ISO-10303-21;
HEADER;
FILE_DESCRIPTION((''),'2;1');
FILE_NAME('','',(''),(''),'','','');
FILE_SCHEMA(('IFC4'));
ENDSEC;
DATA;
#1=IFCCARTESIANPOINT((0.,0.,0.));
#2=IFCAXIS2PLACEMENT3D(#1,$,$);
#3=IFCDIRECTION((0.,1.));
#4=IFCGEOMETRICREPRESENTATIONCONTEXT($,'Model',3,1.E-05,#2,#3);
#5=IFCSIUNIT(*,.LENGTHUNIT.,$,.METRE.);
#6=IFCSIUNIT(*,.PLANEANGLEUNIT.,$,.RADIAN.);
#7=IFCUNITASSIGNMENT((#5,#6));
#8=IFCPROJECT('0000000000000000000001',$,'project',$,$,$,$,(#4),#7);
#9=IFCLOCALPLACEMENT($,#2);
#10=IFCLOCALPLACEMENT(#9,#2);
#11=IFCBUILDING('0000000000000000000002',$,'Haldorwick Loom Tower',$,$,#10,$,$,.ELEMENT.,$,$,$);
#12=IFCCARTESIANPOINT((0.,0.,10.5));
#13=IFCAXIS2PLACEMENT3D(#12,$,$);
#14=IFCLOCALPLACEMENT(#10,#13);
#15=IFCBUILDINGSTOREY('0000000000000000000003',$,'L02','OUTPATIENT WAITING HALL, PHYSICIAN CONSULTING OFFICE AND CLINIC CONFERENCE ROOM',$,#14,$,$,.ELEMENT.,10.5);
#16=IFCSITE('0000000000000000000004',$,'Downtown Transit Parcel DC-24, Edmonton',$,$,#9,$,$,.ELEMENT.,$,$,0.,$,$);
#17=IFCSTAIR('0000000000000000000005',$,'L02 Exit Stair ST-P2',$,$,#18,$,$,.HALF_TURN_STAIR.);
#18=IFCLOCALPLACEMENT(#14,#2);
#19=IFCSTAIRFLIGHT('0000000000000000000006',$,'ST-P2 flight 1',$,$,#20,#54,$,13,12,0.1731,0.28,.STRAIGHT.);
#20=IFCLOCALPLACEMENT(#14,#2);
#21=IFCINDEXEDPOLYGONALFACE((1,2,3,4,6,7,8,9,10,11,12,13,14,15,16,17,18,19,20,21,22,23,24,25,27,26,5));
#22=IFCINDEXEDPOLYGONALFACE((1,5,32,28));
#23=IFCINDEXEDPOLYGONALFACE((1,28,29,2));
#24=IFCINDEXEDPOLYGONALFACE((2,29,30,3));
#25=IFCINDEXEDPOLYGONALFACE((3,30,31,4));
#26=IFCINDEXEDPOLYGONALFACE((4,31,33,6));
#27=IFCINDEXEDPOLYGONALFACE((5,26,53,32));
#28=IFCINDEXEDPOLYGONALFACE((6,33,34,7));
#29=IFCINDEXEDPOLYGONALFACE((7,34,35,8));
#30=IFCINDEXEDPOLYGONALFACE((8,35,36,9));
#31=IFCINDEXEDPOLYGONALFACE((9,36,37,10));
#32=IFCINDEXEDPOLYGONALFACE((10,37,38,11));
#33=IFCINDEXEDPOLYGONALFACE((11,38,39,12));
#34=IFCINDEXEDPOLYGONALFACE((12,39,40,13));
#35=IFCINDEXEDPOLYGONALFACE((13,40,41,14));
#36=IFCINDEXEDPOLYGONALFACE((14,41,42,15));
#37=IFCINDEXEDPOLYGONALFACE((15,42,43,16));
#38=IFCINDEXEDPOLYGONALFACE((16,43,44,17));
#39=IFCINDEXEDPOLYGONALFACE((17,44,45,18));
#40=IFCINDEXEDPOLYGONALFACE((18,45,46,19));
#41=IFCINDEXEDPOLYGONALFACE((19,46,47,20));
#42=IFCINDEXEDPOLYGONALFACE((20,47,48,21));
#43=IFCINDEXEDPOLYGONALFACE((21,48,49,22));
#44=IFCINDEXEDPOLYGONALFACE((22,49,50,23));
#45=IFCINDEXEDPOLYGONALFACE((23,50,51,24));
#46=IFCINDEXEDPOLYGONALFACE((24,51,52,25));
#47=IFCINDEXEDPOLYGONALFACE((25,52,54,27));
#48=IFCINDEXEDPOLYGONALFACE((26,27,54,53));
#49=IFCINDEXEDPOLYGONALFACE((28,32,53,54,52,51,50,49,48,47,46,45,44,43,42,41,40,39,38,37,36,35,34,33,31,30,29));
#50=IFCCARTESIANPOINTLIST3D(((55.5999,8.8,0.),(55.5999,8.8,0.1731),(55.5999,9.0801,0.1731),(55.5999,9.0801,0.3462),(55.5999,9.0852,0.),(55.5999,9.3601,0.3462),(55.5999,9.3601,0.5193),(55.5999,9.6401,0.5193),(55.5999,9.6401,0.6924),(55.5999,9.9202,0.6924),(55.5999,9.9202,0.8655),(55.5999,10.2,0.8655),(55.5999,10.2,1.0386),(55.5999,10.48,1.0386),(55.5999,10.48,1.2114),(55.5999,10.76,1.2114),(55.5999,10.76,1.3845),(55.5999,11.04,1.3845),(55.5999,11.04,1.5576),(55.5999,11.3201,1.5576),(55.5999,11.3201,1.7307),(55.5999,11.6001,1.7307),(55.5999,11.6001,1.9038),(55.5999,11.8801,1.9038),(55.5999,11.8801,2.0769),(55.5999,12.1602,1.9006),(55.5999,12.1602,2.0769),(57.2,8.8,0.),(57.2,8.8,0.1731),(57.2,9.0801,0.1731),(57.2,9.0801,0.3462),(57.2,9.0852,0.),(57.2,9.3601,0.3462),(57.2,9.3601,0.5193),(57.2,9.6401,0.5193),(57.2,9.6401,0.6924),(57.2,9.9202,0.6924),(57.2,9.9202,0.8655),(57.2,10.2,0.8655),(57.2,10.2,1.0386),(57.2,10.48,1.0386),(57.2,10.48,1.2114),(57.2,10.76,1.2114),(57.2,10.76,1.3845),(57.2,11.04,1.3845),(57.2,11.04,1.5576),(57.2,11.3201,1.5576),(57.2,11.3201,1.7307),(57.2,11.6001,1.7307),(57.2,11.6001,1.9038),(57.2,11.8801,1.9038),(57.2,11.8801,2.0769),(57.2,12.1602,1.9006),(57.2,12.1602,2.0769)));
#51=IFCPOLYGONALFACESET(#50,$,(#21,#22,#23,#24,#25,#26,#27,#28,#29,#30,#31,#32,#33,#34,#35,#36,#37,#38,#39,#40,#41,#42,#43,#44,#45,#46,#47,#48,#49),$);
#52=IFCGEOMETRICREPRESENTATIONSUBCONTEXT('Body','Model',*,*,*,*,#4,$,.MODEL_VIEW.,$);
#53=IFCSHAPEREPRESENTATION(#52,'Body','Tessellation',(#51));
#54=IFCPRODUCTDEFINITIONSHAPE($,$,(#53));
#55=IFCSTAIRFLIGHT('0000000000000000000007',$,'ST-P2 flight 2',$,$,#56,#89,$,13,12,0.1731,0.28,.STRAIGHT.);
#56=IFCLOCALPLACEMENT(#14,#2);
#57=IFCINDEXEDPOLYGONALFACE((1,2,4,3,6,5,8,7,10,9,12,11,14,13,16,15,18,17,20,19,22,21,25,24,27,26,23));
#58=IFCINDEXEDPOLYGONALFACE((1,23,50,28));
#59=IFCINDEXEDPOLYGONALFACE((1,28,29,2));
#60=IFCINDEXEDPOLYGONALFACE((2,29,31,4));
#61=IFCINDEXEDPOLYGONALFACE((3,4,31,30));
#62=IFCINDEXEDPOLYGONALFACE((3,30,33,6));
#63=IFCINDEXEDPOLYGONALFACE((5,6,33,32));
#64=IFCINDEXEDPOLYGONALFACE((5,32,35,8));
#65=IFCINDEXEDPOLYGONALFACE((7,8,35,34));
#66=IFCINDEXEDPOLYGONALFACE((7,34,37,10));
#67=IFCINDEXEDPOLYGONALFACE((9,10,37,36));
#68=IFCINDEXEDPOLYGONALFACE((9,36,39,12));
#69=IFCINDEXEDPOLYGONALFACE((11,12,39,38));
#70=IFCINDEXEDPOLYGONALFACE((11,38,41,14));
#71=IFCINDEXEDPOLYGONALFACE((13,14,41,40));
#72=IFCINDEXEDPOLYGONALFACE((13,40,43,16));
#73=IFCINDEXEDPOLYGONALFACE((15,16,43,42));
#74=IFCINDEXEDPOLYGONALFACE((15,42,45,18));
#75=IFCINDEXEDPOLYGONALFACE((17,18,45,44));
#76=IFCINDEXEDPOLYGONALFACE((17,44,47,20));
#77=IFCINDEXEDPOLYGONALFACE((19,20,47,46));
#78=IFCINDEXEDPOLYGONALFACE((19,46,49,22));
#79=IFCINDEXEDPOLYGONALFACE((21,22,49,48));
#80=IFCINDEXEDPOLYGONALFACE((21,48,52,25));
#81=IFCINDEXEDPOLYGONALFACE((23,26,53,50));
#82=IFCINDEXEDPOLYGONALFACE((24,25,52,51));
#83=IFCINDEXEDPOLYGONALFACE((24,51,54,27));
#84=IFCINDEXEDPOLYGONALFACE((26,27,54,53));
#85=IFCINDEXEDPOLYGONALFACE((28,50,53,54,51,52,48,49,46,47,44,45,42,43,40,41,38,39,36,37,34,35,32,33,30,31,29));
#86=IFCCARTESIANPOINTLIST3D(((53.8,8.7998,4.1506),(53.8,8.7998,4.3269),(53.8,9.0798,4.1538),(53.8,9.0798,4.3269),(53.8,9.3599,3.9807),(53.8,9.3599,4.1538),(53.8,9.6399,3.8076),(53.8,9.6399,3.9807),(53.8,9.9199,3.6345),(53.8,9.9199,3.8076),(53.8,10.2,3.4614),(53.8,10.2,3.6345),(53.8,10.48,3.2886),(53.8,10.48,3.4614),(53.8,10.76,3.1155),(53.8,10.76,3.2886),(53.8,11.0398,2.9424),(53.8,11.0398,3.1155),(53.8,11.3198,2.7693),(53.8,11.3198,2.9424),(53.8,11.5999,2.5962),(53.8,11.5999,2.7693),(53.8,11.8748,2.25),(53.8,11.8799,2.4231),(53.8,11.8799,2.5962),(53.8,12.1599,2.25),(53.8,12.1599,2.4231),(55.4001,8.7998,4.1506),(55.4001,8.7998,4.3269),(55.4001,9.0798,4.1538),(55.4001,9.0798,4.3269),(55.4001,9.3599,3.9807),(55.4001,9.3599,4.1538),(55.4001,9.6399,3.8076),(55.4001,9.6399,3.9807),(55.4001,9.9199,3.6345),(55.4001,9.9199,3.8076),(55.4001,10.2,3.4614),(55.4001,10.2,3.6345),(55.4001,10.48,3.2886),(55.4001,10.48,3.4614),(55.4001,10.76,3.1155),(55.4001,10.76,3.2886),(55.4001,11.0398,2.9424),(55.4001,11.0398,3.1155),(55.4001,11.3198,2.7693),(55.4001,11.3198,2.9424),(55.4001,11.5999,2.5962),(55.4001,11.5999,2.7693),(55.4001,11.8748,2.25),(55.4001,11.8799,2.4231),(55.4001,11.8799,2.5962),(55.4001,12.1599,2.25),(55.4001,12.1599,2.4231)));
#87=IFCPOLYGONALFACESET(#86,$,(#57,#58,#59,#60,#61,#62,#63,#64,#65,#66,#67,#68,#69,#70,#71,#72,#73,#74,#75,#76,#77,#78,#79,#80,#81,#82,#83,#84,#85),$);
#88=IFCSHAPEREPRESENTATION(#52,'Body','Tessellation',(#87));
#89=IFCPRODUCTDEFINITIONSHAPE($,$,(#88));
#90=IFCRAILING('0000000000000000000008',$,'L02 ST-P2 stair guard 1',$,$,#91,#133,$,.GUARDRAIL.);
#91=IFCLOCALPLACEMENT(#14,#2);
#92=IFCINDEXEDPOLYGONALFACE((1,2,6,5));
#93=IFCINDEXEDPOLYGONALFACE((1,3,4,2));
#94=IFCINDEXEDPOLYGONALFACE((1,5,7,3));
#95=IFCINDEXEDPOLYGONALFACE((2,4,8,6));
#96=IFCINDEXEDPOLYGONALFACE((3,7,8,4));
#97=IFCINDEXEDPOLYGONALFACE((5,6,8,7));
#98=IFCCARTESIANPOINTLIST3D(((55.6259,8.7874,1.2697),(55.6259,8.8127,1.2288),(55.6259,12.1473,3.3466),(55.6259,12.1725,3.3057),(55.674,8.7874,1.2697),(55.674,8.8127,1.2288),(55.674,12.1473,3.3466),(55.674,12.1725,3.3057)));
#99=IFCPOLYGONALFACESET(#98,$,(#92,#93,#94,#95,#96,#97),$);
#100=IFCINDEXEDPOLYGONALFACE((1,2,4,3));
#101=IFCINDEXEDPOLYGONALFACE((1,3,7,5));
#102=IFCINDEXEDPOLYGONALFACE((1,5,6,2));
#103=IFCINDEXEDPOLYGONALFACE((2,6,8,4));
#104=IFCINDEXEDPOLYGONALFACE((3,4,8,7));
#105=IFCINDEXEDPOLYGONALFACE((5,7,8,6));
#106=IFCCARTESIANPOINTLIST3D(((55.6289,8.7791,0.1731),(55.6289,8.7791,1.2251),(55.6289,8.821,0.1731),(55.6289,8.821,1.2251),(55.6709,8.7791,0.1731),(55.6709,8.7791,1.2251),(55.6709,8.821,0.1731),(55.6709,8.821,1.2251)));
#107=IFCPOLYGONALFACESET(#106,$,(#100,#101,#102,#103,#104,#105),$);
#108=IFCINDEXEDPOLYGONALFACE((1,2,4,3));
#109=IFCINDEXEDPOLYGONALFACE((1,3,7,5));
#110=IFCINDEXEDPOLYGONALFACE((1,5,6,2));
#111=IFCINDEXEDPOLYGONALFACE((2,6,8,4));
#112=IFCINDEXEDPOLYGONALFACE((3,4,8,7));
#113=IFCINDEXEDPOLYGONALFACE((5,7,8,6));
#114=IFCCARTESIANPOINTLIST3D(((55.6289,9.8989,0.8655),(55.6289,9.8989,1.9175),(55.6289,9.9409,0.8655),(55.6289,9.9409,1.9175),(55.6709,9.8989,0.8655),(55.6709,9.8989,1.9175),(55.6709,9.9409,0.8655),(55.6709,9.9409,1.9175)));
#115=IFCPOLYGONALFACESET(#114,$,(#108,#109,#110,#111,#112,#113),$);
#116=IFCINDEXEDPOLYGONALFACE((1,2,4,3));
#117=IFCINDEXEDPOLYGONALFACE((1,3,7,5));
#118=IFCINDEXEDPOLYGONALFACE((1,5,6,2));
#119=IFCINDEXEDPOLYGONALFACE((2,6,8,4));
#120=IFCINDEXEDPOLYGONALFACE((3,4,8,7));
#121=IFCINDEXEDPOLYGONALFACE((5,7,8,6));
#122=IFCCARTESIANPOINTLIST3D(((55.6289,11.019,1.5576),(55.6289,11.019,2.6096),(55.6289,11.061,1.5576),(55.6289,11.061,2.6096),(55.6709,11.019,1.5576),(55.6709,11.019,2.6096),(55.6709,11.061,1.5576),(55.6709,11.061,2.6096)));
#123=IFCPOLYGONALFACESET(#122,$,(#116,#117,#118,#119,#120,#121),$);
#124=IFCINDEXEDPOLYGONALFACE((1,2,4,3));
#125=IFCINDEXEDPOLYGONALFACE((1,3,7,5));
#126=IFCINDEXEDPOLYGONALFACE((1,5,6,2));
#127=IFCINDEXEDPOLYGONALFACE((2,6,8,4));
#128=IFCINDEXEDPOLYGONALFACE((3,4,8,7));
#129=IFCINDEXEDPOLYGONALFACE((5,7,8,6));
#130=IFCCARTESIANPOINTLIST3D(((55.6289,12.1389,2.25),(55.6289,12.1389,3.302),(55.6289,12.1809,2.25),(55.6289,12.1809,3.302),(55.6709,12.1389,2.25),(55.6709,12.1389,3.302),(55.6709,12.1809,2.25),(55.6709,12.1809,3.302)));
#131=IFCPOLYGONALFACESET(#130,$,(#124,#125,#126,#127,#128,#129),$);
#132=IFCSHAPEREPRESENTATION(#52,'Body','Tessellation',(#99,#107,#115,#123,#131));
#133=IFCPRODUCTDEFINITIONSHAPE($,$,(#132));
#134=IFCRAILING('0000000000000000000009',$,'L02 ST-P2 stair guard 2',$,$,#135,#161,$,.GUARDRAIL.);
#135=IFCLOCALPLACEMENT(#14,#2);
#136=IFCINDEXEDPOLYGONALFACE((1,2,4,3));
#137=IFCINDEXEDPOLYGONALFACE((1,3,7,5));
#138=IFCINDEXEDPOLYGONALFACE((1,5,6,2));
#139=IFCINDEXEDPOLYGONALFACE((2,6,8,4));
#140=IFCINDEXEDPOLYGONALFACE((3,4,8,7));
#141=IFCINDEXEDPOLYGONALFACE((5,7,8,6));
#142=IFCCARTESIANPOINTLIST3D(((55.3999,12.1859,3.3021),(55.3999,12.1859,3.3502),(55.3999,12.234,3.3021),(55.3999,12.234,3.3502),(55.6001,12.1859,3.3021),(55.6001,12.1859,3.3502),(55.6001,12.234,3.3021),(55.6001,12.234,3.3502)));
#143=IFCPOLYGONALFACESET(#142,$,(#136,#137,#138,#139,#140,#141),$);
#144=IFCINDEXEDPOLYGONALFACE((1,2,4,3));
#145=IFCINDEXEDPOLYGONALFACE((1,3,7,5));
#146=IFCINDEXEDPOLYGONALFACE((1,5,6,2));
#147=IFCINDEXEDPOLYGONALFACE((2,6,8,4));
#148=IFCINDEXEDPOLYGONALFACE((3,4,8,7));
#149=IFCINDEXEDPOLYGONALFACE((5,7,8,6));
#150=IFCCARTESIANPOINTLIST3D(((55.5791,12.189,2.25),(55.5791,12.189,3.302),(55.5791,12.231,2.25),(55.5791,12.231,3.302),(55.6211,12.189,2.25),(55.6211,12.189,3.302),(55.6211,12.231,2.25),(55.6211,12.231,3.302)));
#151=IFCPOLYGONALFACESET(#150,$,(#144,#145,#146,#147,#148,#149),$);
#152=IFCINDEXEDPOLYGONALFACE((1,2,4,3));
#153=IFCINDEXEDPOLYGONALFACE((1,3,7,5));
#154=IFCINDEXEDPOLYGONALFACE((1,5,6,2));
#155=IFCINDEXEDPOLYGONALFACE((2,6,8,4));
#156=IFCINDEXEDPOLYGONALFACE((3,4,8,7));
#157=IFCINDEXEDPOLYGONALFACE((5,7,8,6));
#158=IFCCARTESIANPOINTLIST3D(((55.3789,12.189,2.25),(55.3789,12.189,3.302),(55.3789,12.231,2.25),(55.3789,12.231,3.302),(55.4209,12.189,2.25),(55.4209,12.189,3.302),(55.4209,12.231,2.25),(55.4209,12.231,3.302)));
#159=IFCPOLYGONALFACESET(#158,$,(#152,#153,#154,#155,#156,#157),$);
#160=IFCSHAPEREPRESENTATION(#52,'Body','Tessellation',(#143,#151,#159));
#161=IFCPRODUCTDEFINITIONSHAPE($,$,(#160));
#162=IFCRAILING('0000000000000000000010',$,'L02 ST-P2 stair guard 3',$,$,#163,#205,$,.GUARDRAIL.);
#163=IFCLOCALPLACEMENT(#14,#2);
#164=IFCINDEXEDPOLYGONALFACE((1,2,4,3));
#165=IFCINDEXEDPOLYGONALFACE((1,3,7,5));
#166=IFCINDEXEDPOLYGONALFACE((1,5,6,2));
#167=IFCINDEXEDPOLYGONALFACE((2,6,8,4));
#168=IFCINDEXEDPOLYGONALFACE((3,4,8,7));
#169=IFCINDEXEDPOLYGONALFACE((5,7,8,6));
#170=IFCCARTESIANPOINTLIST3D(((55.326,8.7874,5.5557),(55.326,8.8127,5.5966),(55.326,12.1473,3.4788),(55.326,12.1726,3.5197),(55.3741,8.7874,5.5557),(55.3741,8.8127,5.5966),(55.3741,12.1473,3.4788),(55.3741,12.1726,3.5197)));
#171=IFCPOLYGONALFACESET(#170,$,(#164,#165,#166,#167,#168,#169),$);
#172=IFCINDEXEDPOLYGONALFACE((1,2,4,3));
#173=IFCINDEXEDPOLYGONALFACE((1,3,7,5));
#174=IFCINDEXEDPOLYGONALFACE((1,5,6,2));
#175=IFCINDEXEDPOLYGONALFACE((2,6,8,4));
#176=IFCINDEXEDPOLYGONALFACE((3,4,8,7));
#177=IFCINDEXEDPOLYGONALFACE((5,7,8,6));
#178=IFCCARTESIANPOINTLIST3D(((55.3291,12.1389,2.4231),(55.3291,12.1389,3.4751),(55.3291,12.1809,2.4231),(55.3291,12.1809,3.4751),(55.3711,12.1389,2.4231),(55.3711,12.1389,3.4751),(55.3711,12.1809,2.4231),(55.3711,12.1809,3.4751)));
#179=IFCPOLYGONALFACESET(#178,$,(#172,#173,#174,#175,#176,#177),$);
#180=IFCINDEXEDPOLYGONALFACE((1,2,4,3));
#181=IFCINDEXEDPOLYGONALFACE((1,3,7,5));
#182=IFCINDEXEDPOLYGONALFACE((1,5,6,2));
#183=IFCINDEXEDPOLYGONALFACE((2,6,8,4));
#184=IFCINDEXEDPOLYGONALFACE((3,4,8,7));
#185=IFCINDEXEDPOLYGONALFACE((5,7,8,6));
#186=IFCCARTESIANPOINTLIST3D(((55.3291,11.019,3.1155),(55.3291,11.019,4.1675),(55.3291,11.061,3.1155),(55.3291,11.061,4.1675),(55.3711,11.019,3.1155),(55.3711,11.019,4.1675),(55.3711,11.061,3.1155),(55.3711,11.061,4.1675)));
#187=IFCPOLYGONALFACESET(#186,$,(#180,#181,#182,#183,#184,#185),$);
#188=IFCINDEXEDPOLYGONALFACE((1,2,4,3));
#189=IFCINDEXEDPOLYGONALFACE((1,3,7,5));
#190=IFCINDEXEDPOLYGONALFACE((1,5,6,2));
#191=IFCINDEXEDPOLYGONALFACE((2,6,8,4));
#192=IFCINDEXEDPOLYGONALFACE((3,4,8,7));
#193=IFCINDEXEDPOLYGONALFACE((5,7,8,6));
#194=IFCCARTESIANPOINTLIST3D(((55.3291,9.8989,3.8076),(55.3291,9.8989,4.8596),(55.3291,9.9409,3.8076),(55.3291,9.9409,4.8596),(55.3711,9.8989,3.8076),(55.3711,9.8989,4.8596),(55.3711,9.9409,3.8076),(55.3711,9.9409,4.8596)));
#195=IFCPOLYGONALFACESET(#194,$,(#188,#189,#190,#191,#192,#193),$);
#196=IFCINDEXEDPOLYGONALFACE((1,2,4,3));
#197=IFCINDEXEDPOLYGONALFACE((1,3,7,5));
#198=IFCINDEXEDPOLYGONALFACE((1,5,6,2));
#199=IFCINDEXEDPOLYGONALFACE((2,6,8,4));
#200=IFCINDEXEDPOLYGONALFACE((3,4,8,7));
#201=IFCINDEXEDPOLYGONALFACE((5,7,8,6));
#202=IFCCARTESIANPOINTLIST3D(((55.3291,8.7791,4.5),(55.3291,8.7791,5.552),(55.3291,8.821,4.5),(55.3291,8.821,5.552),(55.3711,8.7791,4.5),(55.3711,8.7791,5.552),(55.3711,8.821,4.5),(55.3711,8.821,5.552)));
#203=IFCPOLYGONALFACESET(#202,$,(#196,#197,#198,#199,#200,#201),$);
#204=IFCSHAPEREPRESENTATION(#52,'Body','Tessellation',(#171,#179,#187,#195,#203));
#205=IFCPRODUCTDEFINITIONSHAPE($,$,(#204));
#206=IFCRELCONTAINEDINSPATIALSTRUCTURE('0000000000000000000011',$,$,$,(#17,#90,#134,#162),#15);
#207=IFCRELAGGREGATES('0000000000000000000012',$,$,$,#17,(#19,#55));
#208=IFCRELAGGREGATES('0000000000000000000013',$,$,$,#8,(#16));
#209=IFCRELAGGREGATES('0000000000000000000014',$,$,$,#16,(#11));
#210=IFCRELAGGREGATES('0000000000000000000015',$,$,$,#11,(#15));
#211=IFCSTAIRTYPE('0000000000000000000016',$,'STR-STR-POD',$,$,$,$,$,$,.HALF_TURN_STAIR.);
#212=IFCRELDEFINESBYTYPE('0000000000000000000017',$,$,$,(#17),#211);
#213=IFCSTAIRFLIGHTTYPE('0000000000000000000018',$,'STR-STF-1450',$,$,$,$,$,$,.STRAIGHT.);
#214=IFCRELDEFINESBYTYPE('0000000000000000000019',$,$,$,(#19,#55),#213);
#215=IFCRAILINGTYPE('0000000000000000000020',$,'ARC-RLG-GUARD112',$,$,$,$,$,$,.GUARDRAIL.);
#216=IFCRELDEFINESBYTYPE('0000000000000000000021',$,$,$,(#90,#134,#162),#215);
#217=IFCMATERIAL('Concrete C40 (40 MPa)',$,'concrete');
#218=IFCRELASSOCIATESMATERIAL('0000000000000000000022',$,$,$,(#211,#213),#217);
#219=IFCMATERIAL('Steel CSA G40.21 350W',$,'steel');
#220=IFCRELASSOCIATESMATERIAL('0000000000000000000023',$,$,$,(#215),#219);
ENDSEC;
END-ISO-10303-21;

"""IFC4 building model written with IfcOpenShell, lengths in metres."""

from ifc_helpers import new_model, si_unit, direction, frame, origin, origin_2d, place, context, subcontext, project, spatial, polyline, rectangle, outline, extrude, material, type_object, element, aggregate, save


model = new_model("IFC4")

# Units and contexts
model_context = context("Model", 3, precision=1e-05, world=origin(), true_north=direction((0.0, 1.0)))
body_context = subcontext(model_context, "Body", "Model", "MODEL_VIEW")
ifc_project = project(units=[si_unit("LENGTHUNIT", "METRE"), si_unit("PLANEANGLEUNIT", "RADIAN")], contexts=[model_context])

# Site, building, storey
site_placement = place(None, origin())
site = spatial("IfcSite", under=ifc_project, at=site_placement, Name="Downtown Transit Parcel DC-24, Edmonton", CompositionType="ELEMENT", RefElevation=0.0)
building_placement = place(site_placement, origin())
building = spatial("IfcBuilding", under=site, at=building_placement, Name="Haldorwick Loom Tower", CompositionType="ELEMENT")
storey_placement = place(building_placement, frame((0.0, 0.0, 10.5)))
storey = spatial("IfcBuildingStorey", under=building, at=storey_placement, Name="L02", Description="OUTPATIENT WAITING HALL, PHYSICIAN CONSULTING OFFICE AND CLINIC CONFERENCE ROOM", CompositionType="ELEMENT", Elevation=10.5)

# Shared definitions
ifc_material_1 = material(Name="Steel CSA G40.21 350W", Category="steel")

# Stair, stair flights
ifc_material_2 = material(Name="Concrete C40 (40 MPa)", Category="concrete")
stair_type = type_object("IfcStairType", Name="STR-STR-POD", PredefinedType="HALF_TURN_STAIR", material=ifc_material_2)
stair_placement = place(storey_placement, origin())
stair = element("IfcStair", 1, at=stair_placement, inside=storey, type_object=stair_type, Name="L02 Exit Stair ST-P2", PredefinedType="HALF_TURN_STAIR")
stair_flight_type = type_object("IfcStairFlightType", Name="STR-STF-1450", PredefinedType="STRAIGHT", material=ifc_material_2)
stair_flight_1_placement = place(storey_placement, frame((56.3999, 8.8, 0.0), z_axis=(0.0, 0.0, 1.0), x_axis=(0.0, 1.0, 0.0)))
stair_flight_1 = element("IfcStairFlight", 2, at=stair_flight_1_placement, type_object=stair_flight_type, Name="ST-P2 flight 1", NumberOfRisers=13, NumberOfTreads=12, PredefinedType="STRAIGHT", RiserHeight=0.1731, TreadLength=0.28, context=body_context, shape_type="SweptSolid", body=[
    extrude(outline(polyline([(0.0, 0.0), (0.0, 0.1731), (0.28, 0.1731), (0.28, 0.3462), (0.5601, 0.3462), (0.5601, 0.5193), (0.8401, 0.5193), (0.8401, 0.6924), (1.1201, 0.6924), (1.1201, 0.8655), (1.3999, 0.8655), (1.3999, 1.0386), (1.6799, 1.0386), (1.6799, 1.2114), (1.96, 1.2114), (1.96, 1.3845), (2.24, 1.3845), (2.24, 1.5576), (2.52, 1.5576), (2.52, 1.7307), (2.8, 1.7307), (2.8, 1.9038), (3.0801, 1.9038), (3.0801, 2.0769), (3.3601, 2.0769), (3.3601, 2.25), (3.3601, 1.9006), (0.2852, 0.0), (0.0, 0.0)])), frame((0.0, 0.8, 0.0), z_axis=(0.0, -1.0, 0.0), x_axis=(1.0, 0.0, 0.0)), (0.0, 0.0, 1.0), 1.6001),
])
stair_flight_2_placement = place(storey_placement, frame((54.6001, 12.1599, 2.25), z_axis=(0.0, 0.0, 1.0), x_axis=(0.0, -1.0, 0.0)))
stair_flight_2 = element("IfcStairFlight", 3, at=stair_flight_2_placement, type_object=stair_flight_type, Name="ST-P2 flight 2", NumberOfRisers=13, NumberOfTreads=12, PredefinedType="STRAIGHT", RiserHeight=0.1731, TreadLength=0.28, context=body_context, shape_type="SweptSolid", body=[
    extrude(outline(polyline([(0.0, 0.0), (0.0, 0.1731), (0.28, 0.1731), (0.28, 0.3462), (0.5601, 0.3462), (0.5601, 0.5193), (0.8401, 0.5193), (0.8401, 0.6924), (1.1201, 0.6924), (1.1201, 0.8655), (1.3999, 0.8655), (1.3999, 1.0386), (1.6799, 1.0386), (1.6799, 1.2114), (1.96, 1.2114), (1.96, 1.3845), (2.24, 1.3845), (2.24, 1.5576), (2.52, 1.5576), (2.52, 1.7307), (2.8, 1.7307), (2.8, 1.9038), (3.0801, 1.9038), (3.0801, 2.0769), (3.3601, 2.0769), (3.3601, 2.25), (3.3601, 1.9006), (0.2852, 0.0), (0.0, 0.0)])), frame((0.0, 0.8, 0.0), z_axis=(0.0, -1.0, 0.0), x_axis=(1.0, 0.0, 0.0)), (0.0, 0.0, 1.0), 1.6001),
])
aggregate(stair, [stair_flight_1, stair_flight_2])

# Railings
railing_type_1 = type_object("IfcRailingType", Name="ARC-RLG-GUARD112", PredefinedType="GUARDRAIL", material=ifc_material_1)
railing_1_placement = place(storey_placement, frame((55.6499, 8.8, 0.1731)))
element("IfcRailing", 4, at=railing_1_placement, inside=storey, type_object=railing_type_1, Name="L02 ST-P2 stair guard 1", PredefinedType="GUARDRAIL", context=body_context, shape_type="SweptSolid", body=[
    extrude(rectangle(XDim=0.0481, YDim=0.0481, at=origin_2d()), frame((0.0, 0.0, 1.0762), z_axis=(0.0, 0.850606, 0.525803), x_axis=(-1.0, 0.0, 0.0)), (0.0, 0.0, 1.0), 3.95),
    extrude(rectangle(XDim=0.042, YDim=0.042, at=origin_2d()), origin(), (0.0, 0.0, 1.0), 1.052),
    extrude(rectangle(XDim=0.042, YDim=0.042, at=origin_2d()), frame((0.0, 1.1199, 0.6924)), (0.0, 0.0, 1.0), 1.052),
    extrude(rectangle(XDim=0.042, YDim=0.042, at=origin_2d()), frame((0.0, 2.24, 1.3845)), (0.0, 0.0, 1.0), 1.052),
    extrude(rectangle(XDim=0.042, YDim=0.042, at=origin_2d()), frame((0.0, 3.3599, 2.0769)), (0.0, 0.0, 1.0), 1.052),
])
railing_2_placement = place(storey_placement, frame((55.6001, 12.21, 2.25)))
element("IfcRailing", 5, at=railing_2_placement, inside=storey, type_object=railing_type_1, Name="L02 ST-P2 stair guard 2", PredefinedType="GUARDRAIL", context=body_context, shape_type="SweptSolid", body=[
    extrude(rectangle(XDim=0.0481, YDim=0.0481, at=origin_2d()), frame((0.0, 0.0, 1.0762), z_axis=(-1.0, 0.0, 0.0), x_axis=(0.0, -1.0, 0.0)), (0.0, 0.0, 1.0), 0.2002),
    extrude(rectangle(XDim=0.042, YDim=0.042, at=origin_2d()), origin(), (0.0, 0.0, 1.0), 1.052),
    extrude(rectangle(XDim=0.042, YDim=0.042, at=origin_2d()), frame((-0.2002, 0.0, 0.0)), (0.0, 0.0, 1.0), 1.052),
])
railing_3_placement = place(storey_placement, frame((55.3501, 12.1599, 2.4231)))
element("IfcRailing", 6, at=railing_3_placement, inside=storey, type_object=railing_type_1, Name="L02 ST-P2 stair guard 3", PredefinedType="GUARDRAIL", context=body_context, shape_type="SweptSolid", body=[
    extrude(rectangle(XDim=0.0481, YDim=0.0481, at=origin_2d()), frame((0.0, 0.0, 1.0762), z_axis=(0.0, -0.850606, 0.525803), x_axis=(1.0, 0.0, 0.0)), (0.0, 0.0, 1.0), 3.95),
    extrude(rectangle(XDim=0.042, YDim=0.042, at=origin_2d()), origin(), (0.0, 0.0, 1.0), 1.052),
    extrude(rectangle(XDim=0.042, YDim=0.042, at=origin_2d()), frame((0.0, -1.1199, 0.6924)), (0.0, 0.0, 1.0), 1.052),
    extrude(rectangle(XDim=0.042, YDim=0.042, at=origin_2d()), frame((0.0, -2.24, 1.3845)), (0.0, 0.0, 1.0), 1.052),
    extrude(rectangle(XDim=0.042, YDim=0.042, at=origin_2d()), frame((0.0, -3.3599, 2.0769)), (0.0, 0.0, 1.0), 1.052),
])

save(model, "model.ifc")
